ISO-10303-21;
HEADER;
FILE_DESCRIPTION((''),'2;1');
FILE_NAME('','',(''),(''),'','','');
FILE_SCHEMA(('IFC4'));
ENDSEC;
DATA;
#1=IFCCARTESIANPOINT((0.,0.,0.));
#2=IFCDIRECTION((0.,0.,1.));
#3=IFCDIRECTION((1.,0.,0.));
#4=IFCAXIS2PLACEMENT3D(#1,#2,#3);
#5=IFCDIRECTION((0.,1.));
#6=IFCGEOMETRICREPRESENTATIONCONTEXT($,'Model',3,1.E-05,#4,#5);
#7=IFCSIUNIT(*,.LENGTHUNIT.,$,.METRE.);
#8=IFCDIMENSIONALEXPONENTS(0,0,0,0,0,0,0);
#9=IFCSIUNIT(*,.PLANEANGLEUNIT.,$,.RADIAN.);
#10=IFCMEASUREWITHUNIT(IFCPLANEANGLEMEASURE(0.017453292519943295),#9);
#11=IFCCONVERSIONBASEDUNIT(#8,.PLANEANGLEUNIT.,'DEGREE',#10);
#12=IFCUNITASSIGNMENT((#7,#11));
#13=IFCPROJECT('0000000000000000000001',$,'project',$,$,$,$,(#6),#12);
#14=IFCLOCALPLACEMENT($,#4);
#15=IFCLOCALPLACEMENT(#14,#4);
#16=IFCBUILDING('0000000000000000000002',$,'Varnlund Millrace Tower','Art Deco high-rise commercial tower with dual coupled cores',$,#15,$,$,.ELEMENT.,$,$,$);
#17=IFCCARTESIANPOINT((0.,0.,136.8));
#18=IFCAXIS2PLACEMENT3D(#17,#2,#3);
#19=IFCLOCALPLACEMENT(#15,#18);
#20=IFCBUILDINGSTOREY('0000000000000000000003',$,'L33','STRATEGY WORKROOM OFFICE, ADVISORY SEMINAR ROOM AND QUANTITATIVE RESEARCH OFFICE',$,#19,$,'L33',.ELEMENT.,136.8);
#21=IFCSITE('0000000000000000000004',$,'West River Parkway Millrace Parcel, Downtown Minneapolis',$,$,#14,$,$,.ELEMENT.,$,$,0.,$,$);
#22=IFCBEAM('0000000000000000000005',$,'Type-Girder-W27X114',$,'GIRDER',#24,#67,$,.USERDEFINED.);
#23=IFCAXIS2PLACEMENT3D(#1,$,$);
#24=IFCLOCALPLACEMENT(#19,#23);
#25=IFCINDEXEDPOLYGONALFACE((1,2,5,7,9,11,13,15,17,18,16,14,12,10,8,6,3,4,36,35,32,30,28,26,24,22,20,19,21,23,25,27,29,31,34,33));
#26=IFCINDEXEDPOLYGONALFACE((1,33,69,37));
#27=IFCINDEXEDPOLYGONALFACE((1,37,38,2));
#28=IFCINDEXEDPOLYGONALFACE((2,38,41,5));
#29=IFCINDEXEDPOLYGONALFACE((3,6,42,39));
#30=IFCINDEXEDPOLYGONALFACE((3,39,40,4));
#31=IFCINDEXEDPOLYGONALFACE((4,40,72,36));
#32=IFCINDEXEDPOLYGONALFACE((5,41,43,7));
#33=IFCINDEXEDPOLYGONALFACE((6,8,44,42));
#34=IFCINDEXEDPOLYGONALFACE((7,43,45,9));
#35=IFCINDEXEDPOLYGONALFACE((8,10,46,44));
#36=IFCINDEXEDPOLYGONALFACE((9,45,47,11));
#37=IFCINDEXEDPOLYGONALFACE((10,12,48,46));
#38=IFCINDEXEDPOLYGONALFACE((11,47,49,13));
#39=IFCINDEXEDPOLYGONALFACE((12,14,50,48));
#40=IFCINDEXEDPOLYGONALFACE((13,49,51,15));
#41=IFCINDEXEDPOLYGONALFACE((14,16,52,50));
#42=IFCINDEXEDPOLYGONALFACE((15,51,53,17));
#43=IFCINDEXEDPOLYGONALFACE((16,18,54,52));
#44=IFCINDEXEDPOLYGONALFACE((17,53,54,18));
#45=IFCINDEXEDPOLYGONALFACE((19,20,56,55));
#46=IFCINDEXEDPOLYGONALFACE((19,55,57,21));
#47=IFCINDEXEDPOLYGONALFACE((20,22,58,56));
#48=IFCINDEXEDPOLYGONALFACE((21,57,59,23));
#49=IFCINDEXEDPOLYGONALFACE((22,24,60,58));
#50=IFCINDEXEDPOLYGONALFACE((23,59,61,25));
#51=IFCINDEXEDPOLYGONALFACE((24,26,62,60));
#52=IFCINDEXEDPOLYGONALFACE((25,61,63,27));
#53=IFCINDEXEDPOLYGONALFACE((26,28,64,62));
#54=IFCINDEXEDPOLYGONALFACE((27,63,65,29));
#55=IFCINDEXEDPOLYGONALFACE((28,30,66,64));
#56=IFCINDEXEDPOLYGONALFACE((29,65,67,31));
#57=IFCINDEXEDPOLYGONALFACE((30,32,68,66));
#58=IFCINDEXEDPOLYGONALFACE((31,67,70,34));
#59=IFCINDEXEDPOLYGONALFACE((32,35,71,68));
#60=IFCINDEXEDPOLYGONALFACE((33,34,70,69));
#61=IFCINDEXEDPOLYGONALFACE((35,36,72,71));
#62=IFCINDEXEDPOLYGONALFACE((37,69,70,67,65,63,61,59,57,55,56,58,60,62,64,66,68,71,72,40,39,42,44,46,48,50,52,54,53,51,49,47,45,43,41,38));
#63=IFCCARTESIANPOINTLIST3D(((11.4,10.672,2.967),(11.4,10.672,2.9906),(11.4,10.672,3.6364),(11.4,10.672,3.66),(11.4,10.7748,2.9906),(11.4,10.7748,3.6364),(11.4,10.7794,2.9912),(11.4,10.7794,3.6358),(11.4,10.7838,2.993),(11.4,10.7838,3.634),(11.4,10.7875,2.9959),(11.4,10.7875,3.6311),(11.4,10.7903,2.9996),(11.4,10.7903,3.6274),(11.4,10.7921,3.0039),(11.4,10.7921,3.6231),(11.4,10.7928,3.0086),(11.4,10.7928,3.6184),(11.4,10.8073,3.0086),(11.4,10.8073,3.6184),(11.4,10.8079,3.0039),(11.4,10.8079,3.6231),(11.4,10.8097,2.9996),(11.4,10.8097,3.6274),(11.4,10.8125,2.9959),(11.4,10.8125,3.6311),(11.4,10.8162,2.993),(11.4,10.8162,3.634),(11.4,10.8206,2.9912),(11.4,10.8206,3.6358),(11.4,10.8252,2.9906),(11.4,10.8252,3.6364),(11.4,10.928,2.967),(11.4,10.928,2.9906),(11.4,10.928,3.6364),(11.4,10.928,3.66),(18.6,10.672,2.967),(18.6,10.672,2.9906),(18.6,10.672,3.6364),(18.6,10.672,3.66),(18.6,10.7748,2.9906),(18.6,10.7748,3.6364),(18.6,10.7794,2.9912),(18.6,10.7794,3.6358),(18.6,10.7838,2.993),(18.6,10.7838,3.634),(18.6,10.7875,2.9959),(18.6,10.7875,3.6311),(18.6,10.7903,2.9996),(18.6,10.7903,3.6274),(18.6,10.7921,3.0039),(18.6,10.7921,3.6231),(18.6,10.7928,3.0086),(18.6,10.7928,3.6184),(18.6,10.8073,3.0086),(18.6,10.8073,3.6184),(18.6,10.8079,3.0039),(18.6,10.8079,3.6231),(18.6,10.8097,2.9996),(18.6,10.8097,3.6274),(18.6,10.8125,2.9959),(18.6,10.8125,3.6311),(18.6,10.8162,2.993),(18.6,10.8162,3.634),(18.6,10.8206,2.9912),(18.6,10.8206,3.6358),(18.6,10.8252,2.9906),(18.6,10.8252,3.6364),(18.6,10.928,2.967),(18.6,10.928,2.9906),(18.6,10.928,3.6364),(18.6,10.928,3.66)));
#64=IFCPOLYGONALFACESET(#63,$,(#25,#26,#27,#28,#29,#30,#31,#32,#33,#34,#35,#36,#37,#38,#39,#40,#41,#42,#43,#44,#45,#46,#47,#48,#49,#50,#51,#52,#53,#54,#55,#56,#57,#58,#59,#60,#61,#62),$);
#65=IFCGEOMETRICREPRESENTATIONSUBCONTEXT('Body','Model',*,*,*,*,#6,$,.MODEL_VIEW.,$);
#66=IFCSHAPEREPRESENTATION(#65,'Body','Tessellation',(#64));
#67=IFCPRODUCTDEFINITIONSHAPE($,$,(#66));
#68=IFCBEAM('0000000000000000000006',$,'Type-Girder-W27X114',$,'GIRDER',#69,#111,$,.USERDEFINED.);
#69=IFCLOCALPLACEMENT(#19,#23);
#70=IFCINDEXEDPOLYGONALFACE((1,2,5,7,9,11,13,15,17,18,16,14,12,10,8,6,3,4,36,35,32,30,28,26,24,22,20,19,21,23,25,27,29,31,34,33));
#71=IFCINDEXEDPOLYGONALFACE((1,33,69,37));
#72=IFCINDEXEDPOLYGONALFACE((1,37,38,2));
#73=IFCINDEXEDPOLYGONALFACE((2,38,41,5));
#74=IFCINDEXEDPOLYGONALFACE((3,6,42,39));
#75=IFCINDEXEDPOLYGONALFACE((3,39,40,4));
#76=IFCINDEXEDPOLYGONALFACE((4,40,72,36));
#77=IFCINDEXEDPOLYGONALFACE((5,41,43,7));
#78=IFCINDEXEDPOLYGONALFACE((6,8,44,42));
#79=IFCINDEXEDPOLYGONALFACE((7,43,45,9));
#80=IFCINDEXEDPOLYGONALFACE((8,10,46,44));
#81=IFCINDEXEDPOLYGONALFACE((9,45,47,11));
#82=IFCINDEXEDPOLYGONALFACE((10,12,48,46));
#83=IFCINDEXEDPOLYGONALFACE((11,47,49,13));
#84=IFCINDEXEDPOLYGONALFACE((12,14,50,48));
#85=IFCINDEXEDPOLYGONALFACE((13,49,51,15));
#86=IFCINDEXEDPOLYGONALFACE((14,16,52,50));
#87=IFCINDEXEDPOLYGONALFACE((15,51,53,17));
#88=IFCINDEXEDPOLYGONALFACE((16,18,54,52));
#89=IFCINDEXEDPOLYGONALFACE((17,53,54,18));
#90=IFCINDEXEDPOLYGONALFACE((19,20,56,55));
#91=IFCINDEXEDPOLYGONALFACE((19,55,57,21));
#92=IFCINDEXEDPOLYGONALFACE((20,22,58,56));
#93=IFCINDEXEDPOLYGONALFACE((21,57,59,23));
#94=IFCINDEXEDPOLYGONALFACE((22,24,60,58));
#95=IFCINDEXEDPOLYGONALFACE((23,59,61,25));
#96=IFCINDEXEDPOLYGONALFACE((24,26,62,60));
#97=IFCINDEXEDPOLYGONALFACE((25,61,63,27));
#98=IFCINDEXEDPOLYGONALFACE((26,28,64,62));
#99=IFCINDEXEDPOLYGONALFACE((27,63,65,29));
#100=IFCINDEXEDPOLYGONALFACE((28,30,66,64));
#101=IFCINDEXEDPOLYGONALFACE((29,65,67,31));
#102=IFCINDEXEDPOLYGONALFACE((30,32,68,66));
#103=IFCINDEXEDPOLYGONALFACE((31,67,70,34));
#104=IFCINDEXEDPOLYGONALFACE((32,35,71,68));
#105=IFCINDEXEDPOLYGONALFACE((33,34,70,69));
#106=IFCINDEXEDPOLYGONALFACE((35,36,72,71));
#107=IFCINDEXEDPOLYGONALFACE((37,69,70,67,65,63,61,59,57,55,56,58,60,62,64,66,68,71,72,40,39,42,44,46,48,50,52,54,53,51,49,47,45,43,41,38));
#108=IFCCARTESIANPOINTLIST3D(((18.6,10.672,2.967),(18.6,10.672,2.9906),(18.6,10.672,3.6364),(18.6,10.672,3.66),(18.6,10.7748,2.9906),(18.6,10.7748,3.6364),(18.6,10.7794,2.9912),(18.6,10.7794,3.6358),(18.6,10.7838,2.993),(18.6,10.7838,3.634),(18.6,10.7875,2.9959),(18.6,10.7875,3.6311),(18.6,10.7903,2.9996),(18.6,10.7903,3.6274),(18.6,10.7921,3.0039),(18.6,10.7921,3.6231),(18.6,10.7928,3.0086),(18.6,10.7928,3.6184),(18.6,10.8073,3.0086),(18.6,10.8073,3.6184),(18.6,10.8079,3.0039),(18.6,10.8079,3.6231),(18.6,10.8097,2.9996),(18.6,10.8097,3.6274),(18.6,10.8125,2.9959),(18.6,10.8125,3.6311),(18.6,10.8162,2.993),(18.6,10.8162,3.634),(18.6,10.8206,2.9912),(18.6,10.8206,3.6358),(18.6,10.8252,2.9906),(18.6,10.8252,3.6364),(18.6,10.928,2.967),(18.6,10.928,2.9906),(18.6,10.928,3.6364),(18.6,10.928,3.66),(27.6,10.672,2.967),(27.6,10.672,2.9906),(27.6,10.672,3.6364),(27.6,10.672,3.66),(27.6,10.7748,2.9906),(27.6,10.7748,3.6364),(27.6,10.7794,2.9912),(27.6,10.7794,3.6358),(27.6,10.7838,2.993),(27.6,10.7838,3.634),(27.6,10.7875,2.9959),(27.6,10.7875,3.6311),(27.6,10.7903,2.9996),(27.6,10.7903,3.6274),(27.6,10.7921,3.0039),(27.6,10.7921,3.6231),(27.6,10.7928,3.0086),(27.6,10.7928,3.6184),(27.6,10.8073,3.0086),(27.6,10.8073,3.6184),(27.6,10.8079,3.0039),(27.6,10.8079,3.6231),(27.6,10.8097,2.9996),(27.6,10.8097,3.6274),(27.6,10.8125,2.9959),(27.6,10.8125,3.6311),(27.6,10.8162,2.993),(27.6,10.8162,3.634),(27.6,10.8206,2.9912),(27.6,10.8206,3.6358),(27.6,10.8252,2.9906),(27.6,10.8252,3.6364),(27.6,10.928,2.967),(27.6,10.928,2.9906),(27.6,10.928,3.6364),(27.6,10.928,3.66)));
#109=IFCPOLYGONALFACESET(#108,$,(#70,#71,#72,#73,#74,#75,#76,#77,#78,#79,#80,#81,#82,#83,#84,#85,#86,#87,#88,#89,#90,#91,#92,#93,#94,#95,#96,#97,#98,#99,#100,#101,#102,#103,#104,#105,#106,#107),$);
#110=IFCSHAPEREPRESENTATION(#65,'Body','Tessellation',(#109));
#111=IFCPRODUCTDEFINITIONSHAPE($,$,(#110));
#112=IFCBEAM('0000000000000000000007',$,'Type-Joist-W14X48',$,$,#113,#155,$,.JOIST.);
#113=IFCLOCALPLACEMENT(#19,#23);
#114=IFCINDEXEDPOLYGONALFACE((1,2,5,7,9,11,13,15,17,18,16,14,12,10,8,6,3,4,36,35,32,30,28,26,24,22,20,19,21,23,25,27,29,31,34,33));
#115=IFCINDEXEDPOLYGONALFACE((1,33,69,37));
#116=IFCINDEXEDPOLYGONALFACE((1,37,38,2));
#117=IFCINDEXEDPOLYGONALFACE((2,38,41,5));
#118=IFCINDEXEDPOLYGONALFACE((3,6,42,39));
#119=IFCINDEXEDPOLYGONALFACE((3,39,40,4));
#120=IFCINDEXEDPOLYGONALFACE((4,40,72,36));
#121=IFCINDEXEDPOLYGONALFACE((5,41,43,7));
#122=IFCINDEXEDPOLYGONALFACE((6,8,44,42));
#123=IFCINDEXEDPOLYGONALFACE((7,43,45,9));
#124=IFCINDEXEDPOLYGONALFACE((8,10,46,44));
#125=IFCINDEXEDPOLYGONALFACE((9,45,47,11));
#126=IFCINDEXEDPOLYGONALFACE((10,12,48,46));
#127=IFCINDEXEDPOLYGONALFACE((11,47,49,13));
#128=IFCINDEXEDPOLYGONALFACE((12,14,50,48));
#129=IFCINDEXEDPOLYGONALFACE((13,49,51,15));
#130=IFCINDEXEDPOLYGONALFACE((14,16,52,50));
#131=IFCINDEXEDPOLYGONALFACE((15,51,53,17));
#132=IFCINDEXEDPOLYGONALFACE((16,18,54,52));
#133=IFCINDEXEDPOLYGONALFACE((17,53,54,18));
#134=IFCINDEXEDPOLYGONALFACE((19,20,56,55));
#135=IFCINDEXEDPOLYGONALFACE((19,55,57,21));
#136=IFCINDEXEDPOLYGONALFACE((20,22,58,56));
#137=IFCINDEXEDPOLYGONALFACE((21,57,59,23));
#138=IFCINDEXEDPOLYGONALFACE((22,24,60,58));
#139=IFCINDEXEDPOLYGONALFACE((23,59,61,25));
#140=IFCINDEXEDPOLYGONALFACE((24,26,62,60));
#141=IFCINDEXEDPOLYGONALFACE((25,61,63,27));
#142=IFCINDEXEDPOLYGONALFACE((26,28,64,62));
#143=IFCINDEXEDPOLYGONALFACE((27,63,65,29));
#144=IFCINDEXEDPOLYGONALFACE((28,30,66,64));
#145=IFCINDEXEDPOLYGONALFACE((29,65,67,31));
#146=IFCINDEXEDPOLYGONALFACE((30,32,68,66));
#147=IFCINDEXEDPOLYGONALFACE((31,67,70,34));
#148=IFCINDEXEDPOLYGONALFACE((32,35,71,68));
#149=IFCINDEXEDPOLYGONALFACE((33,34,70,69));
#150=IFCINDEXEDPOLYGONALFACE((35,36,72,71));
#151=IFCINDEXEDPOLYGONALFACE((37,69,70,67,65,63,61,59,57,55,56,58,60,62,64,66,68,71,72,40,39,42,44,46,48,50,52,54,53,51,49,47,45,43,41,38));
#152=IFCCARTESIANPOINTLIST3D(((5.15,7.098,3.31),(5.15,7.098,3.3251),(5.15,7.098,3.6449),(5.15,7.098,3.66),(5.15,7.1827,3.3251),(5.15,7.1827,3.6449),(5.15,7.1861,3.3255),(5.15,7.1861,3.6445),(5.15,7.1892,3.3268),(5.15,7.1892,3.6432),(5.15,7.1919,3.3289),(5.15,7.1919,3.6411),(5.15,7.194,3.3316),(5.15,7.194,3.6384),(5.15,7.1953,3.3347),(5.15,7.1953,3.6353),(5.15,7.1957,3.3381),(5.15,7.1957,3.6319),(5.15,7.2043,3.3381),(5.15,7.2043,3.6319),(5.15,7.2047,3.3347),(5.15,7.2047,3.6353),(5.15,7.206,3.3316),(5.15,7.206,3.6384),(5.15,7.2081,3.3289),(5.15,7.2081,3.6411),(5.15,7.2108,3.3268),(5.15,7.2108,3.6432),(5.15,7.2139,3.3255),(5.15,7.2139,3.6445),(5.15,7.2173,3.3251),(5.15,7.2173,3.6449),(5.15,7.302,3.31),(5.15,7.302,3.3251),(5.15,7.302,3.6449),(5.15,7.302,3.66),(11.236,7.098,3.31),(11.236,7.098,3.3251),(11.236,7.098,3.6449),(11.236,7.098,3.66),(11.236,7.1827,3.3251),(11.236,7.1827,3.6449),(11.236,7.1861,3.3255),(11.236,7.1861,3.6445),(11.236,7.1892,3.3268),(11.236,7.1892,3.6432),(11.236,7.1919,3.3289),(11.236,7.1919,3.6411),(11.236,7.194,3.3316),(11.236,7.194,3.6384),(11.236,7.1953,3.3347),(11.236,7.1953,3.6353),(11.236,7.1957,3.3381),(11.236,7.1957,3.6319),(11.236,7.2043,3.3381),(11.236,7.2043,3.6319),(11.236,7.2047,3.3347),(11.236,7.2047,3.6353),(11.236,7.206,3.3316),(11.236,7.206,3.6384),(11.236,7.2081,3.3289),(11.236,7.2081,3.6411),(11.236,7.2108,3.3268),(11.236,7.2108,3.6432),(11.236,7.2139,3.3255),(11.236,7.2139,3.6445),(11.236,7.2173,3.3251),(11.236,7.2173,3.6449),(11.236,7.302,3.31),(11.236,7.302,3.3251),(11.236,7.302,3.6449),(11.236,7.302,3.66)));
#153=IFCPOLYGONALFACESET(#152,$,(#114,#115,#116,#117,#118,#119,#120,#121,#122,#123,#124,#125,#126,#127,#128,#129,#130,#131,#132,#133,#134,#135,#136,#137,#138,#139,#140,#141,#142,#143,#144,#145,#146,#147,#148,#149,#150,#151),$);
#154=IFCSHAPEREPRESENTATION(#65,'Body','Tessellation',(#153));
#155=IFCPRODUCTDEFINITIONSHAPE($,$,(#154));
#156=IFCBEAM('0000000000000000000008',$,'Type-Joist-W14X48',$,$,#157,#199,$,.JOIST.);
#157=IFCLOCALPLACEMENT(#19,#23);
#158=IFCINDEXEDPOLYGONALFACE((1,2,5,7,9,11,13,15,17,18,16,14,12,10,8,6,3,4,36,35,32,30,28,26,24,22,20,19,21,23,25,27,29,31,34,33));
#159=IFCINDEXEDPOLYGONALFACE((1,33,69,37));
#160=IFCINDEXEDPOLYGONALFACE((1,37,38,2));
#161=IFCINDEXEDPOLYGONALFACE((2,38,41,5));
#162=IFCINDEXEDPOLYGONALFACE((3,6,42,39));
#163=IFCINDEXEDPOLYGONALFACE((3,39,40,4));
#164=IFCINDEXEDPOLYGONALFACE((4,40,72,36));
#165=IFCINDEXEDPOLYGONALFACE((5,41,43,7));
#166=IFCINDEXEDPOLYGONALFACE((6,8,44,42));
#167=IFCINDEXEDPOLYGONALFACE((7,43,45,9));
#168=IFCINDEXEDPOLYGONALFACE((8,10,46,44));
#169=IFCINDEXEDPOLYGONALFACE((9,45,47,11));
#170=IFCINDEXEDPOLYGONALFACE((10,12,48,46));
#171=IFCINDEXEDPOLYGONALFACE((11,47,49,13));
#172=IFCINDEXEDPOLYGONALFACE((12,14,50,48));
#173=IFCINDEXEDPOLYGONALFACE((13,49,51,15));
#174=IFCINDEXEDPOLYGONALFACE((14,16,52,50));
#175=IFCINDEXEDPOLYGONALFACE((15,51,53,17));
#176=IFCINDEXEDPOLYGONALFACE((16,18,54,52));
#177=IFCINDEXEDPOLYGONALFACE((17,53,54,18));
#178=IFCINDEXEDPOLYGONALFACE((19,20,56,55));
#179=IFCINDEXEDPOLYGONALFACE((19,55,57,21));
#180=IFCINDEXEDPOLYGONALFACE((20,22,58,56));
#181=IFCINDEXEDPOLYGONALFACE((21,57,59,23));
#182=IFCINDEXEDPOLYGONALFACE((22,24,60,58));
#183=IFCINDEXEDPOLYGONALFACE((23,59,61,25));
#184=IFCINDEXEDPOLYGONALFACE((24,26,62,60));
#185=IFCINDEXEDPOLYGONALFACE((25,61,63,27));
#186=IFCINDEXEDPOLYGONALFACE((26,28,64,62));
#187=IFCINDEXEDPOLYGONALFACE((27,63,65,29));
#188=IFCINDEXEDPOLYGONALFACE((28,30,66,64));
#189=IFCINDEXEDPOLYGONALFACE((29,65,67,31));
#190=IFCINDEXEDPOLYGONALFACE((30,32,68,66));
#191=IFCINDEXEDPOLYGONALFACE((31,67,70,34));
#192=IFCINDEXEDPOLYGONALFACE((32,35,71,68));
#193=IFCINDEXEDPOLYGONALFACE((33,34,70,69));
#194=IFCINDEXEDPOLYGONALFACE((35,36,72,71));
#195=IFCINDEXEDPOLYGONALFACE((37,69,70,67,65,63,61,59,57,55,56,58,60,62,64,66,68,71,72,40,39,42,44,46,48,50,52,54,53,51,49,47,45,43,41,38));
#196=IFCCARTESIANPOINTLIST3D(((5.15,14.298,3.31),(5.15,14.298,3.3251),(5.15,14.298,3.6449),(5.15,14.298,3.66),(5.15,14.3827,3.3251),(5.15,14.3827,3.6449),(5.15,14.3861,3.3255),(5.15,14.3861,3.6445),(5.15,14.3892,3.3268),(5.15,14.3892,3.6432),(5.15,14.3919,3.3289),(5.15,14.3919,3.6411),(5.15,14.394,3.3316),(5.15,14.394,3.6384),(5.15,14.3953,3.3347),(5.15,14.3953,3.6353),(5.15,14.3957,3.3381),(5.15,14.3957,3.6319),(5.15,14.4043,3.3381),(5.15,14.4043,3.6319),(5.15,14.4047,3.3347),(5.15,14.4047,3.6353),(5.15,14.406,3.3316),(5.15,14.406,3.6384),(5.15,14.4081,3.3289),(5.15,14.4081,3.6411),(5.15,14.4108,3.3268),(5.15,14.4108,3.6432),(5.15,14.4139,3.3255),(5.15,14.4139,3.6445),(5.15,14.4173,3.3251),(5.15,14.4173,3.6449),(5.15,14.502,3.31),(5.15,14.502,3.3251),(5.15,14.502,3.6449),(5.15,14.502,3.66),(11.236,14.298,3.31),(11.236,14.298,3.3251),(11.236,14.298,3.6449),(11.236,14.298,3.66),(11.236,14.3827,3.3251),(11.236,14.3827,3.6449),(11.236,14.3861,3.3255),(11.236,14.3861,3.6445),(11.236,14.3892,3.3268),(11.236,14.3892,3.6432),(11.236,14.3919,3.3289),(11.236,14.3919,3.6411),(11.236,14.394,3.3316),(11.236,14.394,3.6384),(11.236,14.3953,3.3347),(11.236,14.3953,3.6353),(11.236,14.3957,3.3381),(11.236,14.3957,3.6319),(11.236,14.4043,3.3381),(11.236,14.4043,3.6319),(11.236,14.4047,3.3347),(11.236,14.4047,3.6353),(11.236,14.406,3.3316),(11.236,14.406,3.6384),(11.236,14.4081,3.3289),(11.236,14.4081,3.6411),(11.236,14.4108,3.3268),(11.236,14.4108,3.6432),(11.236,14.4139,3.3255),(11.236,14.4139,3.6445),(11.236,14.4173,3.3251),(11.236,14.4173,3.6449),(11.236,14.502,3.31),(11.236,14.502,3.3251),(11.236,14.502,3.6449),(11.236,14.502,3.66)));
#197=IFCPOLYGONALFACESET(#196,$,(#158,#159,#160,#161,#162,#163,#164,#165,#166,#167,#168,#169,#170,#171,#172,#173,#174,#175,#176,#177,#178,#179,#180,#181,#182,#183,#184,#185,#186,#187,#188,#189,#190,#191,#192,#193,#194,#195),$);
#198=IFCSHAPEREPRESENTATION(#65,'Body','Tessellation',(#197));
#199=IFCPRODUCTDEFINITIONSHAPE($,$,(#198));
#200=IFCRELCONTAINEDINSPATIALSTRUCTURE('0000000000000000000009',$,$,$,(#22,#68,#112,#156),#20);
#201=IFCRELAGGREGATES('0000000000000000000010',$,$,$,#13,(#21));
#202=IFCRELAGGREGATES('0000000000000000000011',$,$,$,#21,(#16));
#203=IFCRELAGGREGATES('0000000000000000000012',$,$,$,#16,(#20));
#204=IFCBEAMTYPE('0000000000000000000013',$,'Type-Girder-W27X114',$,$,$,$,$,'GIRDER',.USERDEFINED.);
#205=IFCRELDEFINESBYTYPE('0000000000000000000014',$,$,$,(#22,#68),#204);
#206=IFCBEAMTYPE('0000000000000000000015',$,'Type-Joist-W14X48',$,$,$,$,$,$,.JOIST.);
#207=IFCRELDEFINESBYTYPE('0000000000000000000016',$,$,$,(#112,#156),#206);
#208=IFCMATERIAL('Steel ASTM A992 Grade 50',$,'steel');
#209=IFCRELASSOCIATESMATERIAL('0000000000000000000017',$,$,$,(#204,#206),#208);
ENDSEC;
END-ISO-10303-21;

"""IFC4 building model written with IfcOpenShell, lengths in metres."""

from ifc_helpers import new_model, entity, si_unit, converted_unit, direction, frame, origin_with_axes, origin_2d_with_axis, place, context, subcontext, project, spatial, i_section, extrude, material, material_profile, profile_set, type_object, element, save


model = new_model("IFC4")

# Units and contexts
model_context = context("Model", 3, precision=1e-05, world=origin_with_axes(), true_north=direction((0.0, 1.0)))
body_context = subcontext(model_context, "Body", "Model", "MODEL_VIEW")
ifc_project = project(units=[si_unit("LENGTHUNIT", "METRE"), converted_unit("PLANEANGLEUNIT", "DEGREE", entity("IfcPlaneAngleMeasure", 0.017453292519943295), si_unit("PLANEANGLEUNIT", "RADIAN"), dimensions=[0, 0, 0, 0, 0, 0, 0])], contexts=[model_context])

# Site, building, storey
site_placement = place(None, origin_with_axes())
site = spatial("IfcSite", under=ifc_project, at=site_placement, Name="West River Parkway Millrace Parcel, Downtown Minneapolis", CompositionType="ELEMENT", RefElevation=0.0)
building_placement = place(site_placement, origin_with_axes())
building = spatial("IfcBuilding", under=site, at=building_placement, Name="Varnlund Millrace Tower", Description="Art Deco high-rise commercial tower with dual coupled cores", CompositionType="ELEMENT")
storey_placement = place(building_placement, frame((0.0, 0.0, 136.8), z_axis=(0.0, 0.0, 1.0), x_axis=(1.0, 0.0, 0.0)))
storey = spatial("IfcBuildingStorey", under=building, at=storey_placement, Name="L33", Description="STRATEGY WORKROOM OFFICE, ADVISORY SEMINAR ROOM AND QUANTITATIVE RESEARCH OFFICE", LongName="L33", CompositionType="ELEMENT", Elevation=136.8)

# Beams
ifc_material_1 = material(Name="Steel ASTM A992 Grade 50", Category="steel")
ifc_material_profile_1 = material_profile(ifc_material_1, i_section(OverallWidth=0.256, OverallDepth=0.693, WebThickness=0.0145, FlangeThickness=0.0236, FilletRadius=0.018, at=origin_2d_with_axis()), Name="Steel ASTM A992 Grade 50")
ifc_profile_set_1 = profile_set([ifc_material_profile_1], Name="Steel ASTM A992 Grade 50")
beam_type_1 = type_object("IfcBeamType", Name="Type-Girder-W27X114", ElementType="GIRDER", PredefinedType="USERDEFINED", material=ifc_profile_set_1)
beam_1_placement = place(storey_placement, frame((11.4, 10.8, 3.3135), z_axis=(1.0, 0.0, 0.0), x_axis=(0.0, 1.0, 0.0)))
element("IfcBeam", 1, at=beam_1_placement, inside=storey, type_object=beam_type_1, Name="Type-Girder-W27X114", ObjectType="GIRDER", PredefinedType="USERDEFINED", context=body_context, shape_type="SweptSolid", body=[
    extrude(i_section(OverallWidth=0.256, OverallDepth=0.693, WebThickness=0.0145, FlangeThickness=0.0236, FilletRadius=0.018, at=origin_2d_with_axis()), origin_with_axes(), (0.0, 0.0, 1.0), 7.2),
])
beam_2_placement = place(storey_placement, frame((18.6, 10.8, 3.3135), z_axis=(1.0, 0.0, 0.0), x_axis=(0.0, 1.0, 0.0)))
element("IfcBeam", 2, at=beam_2_placement, inside=storey, type_object=beam_type_1, Name="Type-Girder-W27X114", ObjectType="GIRDER", PredefinedType="USERDEFINED", context=body_context, shape_type="SweptSolid", body=[
    extrude(i_section(OverallWidth=0.256, OverallDepth=0.693, WebThickness=0.0145, FlangeThickness=0.0236, FilletRadius=0.018, at=origin_2d_with_axis()), origin_with_axes(), (0.0, 0.0, 1.0), 9.0),
])
ifc_material_profile_2 = material_profile(ifc_material_1, i_section(OverallWidth=0.204, OverallDepth=0.35, WebThickness=0.0086, FlangeThickness=0.0151, FilletRadius=0.013, at=origin_2d_with_axis()), Name="Steel ASTM A992 Grade 50")
ifc_profile_set_2 = profile_set([ifc_material_profile_2], Name="Steel ASTM A992 Grade 50")
beam_type_2 = type_object("IfcBeamType", Name="Type-Joist-W14X48", PredefinedType="JOIST", material=ifc_profile_set_2)
for number, where, z_axis, x_axis, name in (
    (3, (5.15, 7.2, 3.485), (1.0, 0.0, 0.0), (0.0, 1.0, 0.0), "Type-Joist-W14X48"),
    (4, (5.15, 14.4, 3.485), (1.0, 0.0, 0.0), (0.0, 1.0, 0.0), "Type-Joist-W14X48"),
):
    element("IfcBeam", number, at=place(storey_placement, frame(where, z_axis=z_axis, x_axis=x_axis)), inside=storey, type_object=beam_type_2, Name=name, PredefinedType="JOIST", context=body_context, shape_type="SweptSolid", body=[
        extrude(i_section(OverallWidth=0.204, OverallDepth=0.35, WebThickness=0.0086, FlangeThickness=0.0151, FilletRadius=0.013, at=origin_2d_with_axis()), origin_with_axes(), (0.0, 0.0, 1.0), 6.086),
    ])

save(model, "model.ifc")
